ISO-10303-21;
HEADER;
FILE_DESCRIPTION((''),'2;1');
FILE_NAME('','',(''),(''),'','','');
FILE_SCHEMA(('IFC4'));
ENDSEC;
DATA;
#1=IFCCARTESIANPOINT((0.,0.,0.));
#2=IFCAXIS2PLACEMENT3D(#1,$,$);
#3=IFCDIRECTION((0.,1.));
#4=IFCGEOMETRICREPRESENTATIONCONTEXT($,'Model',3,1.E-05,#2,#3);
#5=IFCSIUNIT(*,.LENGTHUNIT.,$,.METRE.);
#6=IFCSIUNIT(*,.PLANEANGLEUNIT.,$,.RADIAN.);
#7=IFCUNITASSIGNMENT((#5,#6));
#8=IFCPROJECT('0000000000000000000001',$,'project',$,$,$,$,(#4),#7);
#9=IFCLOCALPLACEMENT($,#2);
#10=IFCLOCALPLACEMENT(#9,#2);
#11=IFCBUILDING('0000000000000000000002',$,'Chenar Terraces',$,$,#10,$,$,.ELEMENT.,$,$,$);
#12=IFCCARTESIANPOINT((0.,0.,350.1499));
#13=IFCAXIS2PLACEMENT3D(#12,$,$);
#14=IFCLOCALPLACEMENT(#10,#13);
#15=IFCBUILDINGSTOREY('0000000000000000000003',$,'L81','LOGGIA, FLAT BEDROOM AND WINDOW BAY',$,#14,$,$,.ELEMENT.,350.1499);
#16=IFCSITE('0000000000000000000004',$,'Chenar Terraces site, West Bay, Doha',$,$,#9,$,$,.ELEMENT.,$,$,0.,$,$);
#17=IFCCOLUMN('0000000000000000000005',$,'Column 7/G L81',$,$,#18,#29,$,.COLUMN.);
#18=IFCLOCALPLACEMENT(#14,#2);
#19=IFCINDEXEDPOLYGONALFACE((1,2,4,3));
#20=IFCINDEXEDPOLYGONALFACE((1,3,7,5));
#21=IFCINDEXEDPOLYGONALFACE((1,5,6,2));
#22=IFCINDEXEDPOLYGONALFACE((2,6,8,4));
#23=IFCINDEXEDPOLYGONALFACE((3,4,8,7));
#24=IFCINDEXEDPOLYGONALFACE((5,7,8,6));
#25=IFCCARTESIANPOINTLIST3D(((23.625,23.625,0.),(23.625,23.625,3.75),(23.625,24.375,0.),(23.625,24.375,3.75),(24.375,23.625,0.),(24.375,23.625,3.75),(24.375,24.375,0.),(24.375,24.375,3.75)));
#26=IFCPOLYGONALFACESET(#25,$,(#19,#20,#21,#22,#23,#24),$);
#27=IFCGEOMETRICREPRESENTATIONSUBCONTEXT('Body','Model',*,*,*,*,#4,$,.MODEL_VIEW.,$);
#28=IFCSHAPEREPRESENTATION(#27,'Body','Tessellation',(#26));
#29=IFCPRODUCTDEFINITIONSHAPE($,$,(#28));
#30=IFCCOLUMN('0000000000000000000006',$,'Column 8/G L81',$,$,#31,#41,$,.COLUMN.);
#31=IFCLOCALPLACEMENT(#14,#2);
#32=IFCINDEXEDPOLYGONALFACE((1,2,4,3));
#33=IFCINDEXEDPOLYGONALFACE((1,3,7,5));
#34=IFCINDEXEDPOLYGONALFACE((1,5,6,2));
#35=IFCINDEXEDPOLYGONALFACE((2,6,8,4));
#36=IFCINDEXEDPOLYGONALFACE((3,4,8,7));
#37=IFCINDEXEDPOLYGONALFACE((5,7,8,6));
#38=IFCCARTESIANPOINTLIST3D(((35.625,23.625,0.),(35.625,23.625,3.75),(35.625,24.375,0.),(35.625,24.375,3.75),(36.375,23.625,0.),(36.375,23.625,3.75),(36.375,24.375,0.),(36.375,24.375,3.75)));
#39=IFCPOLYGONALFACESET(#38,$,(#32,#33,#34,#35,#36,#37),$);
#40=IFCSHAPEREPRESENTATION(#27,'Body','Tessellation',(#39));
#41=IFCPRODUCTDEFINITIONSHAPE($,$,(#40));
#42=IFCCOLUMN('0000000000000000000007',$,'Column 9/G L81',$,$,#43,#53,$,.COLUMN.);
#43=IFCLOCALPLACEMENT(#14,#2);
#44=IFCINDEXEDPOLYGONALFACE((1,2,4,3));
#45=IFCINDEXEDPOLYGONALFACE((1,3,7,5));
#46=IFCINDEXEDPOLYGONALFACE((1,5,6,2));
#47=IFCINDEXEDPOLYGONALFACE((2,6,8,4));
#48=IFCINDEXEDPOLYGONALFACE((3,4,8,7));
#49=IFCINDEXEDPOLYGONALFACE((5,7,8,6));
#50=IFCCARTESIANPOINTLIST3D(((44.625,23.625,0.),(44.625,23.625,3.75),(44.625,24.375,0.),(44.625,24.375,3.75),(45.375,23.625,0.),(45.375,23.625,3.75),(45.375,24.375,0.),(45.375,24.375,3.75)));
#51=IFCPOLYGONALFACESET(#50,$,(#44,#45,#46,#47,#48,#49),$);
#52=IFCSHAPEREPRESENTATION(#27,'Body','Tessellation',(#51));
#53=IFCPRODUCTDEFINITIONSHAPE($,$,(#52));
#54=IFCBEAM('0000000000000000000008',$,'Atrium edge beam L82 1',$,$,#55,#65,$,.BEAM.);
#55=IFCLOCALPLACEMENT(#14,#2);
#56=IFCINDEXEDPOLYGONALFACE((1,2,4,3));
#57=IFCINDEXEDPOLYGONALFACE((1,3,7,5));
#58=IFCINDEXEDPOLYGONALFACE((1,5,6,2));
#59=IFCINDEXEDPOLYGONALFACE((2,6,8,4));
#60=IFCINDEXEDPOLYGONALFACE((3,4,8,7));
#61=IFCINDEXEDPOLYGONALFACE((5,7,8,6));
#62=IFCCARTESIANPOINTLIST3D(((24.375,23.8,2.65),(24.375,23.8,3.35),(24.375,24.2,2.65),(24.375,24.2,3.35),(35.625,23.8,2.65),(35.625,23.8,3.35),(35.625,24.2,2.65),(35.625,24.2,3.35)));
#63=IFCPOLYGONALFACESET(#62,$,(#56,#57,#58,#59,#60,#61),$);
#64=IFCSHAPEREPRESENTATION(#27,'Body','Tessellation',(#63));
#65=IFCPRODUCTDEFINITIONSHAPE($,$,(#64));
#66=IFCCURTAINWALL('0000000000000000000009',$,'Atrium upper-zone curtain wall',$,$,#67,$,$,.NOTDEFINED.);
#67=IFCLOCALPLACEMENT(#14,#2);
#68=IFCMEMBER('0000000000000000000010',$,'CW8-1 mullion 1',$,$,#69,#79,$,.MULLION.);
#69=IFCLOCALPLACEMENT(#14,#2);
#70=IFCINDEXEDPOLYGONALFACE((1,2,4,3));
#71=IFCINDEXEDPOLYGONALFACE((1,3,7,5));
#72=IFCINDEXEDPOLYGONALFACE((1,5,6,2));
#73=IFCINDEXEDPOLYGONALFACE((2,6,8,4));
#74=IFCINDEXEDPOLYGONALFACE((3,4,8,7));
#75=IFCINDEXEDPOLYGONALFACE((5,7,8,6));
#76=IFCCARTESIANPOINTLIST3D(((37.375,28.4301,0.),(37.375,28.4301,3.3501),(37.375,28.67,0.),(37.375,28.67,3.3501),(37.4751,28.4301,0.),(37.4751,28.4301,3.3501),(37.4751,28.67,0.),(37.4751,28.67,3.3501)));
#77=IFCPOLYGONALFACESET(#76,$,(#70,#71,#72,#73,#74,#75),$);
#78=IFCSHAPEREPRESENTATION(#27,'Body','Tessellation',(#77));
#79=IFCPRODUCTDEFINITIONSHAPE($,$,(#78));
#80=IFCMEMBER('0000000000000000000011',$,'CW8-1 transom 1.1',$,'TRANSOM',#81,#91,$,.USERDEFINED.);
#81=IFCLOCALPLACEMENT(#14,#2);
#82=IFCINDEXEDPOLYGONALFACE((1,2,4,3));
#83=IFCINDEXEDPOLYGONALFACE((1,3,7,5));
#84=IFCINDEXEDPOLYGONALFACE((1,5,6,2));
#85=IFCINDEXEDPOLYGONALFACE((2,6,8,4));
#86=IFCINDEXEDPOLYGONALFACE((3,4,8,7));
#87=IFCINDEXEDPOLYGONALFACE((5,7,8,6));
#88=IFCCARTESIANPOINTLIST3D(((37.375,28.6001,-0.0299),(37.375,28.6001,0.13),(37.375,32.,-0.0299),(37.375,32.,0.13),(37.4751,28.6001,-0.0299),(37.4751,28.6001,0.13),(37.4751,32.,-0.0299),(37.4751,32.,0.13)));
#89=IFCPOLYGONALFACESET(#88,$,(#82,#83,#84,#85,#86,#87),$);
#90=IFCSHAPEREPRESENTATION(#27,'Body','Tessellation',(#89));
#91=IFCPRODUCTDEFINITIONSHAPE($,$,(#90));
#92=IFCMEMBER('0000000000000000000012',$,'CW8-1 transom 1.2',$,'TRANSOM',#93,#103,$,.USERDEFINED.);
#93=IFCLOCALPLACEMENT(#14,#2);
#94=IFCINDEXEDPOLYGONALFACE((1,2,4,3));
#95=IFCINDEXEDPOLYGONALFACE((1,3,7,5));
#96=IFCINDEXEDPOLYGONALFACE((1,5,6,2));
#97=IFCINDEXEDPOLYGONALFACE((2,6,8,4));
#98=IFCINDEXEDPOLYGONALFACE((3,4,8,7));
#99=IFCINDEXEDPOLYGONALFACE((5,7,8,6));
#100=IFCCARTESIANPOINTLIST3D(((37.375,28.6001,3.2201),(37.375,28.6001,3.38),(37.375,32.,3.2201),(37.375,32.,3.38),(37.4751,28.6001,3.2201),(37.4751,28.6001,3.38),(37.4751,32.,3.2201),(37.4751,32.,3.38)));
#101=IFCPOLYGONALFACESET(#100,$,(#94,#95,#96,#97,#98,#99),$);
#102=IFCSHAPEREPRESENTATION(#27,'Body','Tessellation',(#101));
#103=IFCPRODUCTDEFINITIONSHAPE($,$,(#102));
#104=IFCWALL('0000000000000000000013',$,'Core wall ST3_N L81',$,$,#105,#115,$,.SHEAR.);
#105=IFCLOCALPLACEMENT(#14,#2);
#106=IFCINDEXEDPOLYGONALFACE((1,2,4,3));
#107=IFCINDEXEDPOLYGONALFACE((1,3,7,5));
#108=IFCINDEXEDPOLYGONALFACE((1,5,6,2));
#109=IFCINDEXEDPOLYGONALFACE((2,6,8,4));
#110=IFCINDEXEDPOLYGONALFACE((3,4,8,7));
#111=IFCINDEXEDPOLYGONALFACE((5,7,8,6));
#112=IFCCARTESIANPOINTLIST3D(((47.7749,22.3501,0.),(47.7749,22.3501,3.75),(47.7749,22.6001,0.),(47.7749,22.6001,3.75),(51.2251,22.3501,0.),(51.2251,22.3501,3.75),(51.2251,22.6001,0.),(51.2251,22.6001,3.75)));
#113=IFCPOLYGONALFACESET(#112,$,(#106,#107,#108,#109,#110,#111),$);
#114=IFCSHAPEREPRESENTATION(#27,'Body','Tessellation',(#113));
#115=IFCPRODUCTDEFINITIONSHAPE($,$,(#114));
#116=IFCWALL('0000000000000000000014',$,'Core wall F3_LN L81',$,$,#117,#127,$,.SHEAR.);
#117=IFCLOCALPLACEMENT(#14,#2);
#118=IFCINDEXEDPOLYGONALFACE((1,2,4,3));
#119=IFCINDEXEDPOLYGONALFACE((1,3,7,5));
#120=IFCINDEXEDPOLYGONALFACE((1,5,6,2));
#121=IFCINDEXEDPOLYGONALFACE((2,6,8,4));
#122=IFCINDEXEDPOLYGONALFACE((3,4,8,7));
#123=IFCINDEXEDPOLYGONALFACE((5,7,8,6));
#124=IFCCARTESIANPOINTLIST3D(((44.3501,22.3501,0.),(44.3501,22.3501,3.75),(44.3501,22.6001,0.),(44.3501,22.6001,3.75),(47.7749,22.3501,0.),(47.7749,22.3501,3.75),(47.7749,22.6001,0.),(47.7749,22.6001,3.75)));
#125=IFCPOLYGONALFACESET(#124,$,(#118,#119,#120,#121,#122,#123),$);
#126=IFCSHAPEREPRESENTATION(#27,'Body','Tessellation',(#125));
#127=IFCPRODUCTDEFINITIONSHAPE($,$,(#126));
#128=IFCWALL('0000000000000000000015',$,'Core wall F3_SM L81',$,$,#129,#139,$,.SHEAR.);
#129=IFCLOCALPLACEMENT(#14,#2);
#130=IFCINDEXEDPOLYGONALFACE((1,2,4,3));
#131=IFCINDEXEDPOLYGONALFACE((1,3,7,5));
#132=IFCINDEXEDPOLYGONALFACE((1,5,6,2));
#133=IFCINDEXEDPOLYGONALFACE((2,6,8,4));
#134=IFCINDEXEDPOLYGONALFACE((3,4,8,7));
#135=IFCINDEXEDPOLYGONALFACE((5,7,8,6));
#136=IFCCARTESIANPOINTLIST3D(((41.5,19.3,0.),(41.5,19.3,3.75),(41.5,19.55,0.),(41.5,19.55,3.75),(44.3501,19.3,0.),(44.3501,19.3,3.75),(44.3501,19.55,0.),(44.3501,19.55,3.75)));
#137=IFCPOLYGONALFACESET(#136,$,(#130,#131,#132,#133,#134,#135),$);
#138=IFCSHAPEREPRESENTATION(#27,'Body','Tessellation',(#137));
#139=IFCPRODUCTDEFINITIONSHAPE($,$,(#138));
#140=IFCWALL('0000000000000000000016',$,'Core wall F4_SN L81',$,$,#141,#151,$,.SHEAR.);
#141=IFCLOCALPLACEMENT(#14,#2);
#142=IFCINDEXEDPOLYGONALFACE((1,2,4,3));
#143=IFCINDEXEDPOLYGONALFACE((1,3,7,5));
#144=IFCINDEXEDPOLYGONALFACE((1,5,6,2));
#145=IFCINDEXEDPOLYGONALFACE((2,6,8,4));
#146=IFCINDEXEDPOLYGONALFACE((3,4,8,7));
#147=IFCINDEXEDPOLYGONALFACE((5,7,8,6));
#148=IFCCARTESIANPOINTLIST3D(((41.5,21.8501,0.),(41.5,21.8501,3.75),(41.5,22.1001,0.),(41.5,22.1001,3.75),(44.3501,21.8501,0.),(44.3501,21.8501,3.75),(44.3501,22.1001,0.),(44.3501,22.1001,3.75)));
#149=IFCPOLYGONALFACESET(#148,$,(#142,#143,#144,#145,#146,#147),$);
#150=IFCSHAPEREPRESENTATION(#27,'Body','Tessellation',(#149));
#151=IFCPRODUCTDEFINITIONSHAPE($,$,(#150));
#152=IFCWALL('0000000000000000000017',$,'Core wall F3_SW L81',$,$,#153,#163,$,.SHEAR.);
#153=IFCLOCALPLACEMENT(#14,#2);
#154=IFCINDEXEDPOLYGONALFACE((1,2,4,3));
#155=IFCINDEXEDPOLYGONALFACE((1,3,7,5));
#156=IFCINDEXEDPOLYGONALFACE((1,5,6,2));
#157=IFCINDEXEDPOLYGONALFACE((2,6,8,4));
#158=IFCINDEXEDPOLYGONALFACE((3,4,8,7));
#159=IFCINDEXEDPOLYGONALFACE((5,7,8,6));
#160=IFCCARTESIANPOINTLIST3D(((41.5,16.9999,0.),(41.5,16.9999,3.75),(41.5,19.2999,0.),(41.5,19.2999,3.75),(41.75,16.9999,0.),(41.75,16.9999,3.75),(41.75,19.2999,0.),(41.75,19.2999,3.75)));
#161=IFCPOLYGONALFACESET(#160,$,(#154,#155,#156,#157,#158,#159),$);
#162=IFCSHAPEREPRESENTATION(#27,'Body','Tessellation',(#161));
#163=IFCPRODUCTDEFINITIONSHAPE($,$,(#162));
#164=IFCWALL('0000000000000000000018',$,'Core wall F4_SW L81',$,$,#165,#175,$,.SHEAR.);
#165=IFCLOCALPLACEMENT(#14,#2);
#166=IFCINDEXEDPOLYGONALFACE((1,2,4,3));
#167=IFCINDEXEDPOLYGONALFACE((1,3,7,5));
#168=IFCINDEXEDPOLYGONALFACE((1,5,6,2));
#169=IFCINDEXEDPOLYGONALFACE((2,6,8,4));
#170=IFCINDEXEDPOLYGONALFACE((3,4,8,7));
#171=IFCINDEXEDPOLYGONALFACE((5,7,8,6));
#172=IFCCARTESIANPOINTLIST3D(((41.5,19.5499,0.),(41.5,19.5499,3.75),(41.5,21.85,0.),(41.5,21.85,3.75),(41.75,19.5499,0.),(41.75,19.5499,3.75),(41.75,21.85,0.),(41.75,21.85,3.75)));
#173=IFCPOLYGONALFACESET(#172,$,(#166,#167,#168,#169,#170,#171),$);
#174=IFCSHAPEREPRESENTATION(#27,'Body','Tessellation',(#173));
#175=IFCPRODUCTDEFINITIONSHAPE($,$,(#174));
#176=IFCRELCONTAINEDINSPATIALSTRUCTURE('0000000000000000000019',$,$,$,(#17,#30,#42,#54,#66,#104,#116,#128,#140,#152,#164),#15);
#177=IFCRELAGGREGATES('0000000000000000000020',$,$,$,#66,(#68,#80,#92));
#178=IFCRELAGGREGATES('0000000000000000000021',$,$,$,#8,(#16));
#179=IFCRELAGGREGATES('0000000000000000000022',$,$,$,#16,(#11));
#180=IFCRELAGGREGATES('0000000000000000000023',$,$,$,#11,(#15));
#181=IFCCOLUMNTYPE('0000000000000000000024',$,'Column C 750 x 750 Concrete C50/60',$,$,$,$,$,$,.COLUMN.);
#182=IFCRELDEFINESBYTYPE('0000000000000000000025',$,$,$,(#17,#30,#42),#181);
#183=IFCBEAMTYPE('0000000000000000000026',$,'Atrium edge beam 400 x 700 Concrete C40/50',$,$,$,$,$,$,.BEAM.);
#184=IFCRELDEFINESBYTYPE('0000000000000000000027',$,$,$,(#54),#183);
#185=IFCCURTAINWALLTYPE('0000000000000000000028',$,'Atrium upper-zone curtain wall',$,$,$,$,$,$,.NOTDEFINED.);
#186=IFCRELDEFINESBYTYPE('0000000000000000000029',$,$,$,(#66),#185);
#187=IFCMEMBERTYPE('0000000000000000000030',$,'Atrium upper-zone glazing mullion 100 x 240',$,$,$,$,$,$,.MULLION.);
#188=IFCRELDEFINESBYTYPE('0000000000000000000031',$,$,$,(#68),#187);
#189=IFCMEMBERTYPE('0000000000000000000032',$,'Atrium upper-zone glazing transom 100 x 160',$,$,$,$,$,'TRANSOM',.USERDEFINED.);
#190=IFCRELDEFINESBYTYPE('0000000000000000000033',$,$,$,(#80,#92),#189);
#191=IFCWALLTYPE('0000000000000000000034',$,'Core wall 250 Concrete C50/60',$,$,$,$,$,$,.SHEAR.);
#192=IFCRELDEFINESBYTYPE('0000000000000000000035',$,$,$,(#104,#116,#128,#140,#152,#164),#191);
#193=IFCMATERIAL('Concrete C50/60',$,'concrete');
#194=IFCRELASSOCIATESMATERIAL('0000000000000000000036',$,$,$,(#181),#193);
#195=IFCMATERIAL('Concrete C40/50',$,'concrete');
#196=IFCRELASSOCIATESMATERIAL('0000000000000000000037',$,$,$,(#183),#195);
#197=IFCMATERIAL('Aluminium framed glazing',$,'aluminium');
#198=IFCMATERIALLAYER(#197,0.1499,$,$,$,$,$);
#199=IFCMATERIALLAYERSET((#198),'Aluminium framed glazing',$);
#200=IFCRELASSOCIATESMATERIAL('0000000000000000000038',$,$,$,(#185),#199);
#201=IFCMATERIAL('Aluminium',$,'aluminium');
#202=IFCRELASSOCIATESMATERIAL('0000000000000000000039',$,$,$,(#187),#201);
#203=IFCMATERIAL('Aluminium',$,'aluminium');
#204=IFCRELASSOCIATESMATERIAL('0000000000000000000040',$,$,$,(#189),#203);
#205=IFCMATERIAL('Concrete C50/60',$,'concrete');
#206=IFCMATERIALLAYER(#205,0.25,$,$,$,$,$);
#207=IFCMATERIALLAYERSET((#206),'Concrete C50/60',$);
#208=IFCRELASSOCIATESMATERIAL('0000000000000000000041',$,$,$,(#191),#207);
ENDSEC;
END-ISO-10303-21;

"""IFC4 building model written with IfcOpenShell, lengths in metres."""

from ifc_helpers import new_model, si_unit, direction, frame, frame_2d, origin, origin_2d, place, context, subcontext, project, spatial, rectangle, extrude, material, layer, layer_set, material_profile, profile_set, type_object, element, aggregate, save


model = new_model("IFC4")

# Units and contexts
model_context = context("Model", 3, precision=1e-05, world=origin(), true_north=direction((0.0, 1.0)))
body_context = subcontext(model_context, "Body", "Model", "MODEL_VIEW")
ifc_project = project(units=[si_unit("LENGTHUNIT", "METRE"), si_unit("PLANEANGLEUNIT", "RADIAN")], contexts=[model_context])

# Site, building, storey
site_placement = place(None, origin())
site = spatial("IfcSite", under=ifc_project, at=site_placement, Name="Chenar Terraces site, West Bay, Doha", CompositionType="ELEMENT", RefElevation=0.0)
building_placement = place(site_placement, origin())
building = spatial("IfcBuilding", under=site, at=building_placement, Name="Chenar Terraces", CompositionType="ELEMENT")
storey_placement = place(building_placement, frame((0.0, 0.0, 350.1499)))
storey = spatial("IfcBuildingStorey", under=building, at=storey_placement, Name="L81", Description="LOGGIA, FLAT BEDROOM AND WINDOW BAY", CompositionType="ELEMENT", Elevation=350.1499)

# Columns
ifc_material_1 = material(Name="Concrete C50/60", Category="concrete")
ifc_material_profile_1 = material_profile(ifc_material_1, rectangle(XDim=0.75, YDim=0.75, at=origin_2d()), Name="C 750 x 750")
ifc_profile_set_1 = profile_set([ifc_material_profile_1], Name="Concrete C50/60")
column_type = type_object("IfcColumnType", Name="Column C 750 x 750 Concrete C50/60", PredefinedType="COLUMN", material=ifc_profile_set_1)
for number, where, z_axis, x_axis, name in (
    (1, (24.0, 24.0, 0.0), (0.0, 0.0, 1.0), (1.0, 0.0, 0.0), "Column 7/G L81"),
    (2, (36.0, 24.0, 0.0), (0.0, 0.0, 1.0), (1.0, 0.0, 0.0), "Column 8/G L81"),
    (3, (45.0, 24.0, 0.0), (0.0, 0.0, 1.0), (1.0, 0.0, 0.0), "Column 9/G L81"),
):
    element("IfcColumn", number, at=place(storey_placement, frame(where, z_axis=z_axis, x_axis=x_axis)), inside=storey, type_object=column_type, Name=name, PredefinedType="COLUMN", context=body_context, shape_type="SweptSolid", body=[
        extrude(rectangle(XDim=0.75, YDim=0.75, at=origin_2d()), origin(), (0.0, 0.0, 1.0), 3.75),
    ])

# Beam
ifc_material_2 = material(Name="Concrete C40/50", Category="concrete")
ifc_material_profile_2 = material_profile(ifc_material_2, rectangle(XDim=0.3999, YDim=0.7, at=origin_2d()), Name="RC 400 x 700")
ifc_profile_set_2 = profile_set([ifc_material_profile_2], Name="Concrete C40/50")
beam_type = type_object("IfcBeamType", Name="Atrium edge beam 400 x 700 Concrete C40/50", PredefinedType="BEAM", material=ifc_profile_set_2)
beam_placement = place(storey_placement, frame((24.375, 24.0, 3.0), z_axis=(1.0, 0.0, 0.0), x_axis=(0.0, 1.0, 0.0)))
element("IfcBeam", 4, at=beam_placement, inside=storey, type_object=beam_type, Name="Atrium edge beam L82 1", PredefinedType="BEAM", context=body_context, shape_type="SweptSolid", body=[
    extrude(rectangle(XDim=0.3999, YDim=0.7, at=origin_2d()), origin(), (0.0, 0.0, 1.0), 11.25),
])

# Curtain wall, members
ifc_material_3 = material(Name="Aluminium framed glazing", Category="aluminium")
ifc_layer_1 = layer(ifc_material_3, 0.1499)
ifc_layer_set_1 = layer_set([ifc_layer_1], Name="Aluminium framed glazing")
curtain_wall_type = type_object("IfcCurtainWallType", Name="Atrium upper-zone curtain wall", PredefinedType="NOTDEFINED", material=ifc_layer_set_1)
placement = place(storey_placement, origin())
curtain_wall = element("IfcCurtainWall", 5, at=placement, inside=storey, type_object=curtain_wall_type, Name="Atrium upper-zone curtain wall", PredefinedType="NOTDEFINED")
ifc_material_4 = material(Name="Aluminium", Category="aluminium")
ifc_material_profile_3 = material_profile(ifc_material_4, rectangle(XDim=0.1001, YDim=0.24, at=origin_2d()), Name="Atrium upper-zone glazing mullion 100 x 240")
ifc_profile_set_3 = profile_set([ifc_material_profile_3], Name="Aluminium")
member_type_1 = type_object("IfcMemberType", Name="Atrium upper-zone glazing mullion 100 x 240", PredefinedType="MULLION", material=ifc_profile_set_3)
member_1_placement = place(storey_placement, frame((37.425, 28.55, 0.0), z_axis=(0.0, 0.0, 1.0), x_axis=(-1.0, 0.0, 0.0)))
member_1 = element("IfcMember", 6, at=member_1_placement, type_object=member_type_1, Name="CW8-1 mullion 1", PredefinedType="MULLION", context=body_context, shape_type="SweptSolid", body=[
    extrude(rectangle(XDim=0.1001, YDim=0.24, at=origin_2d()), origin(), (0.0, 0.0, 1.0), 3.3501),
])
ifc_material_5 = material(Name="Aluminium", Category="aluminium")
ifc_material_profile_4 = material_profile(ifc_material_5, rectangle(XDim=0.1001, YDim=0.1599, at=origin_2d()), Name="Atrium upper-zone glazing transom 100 x 160")
ifc_profile_set_4 = profile_set([ifc_material_profile_4], Name="Aluminium")
member_type_2 = type_object("IfcMemberType", Name="Atrium upper-zone glazing transom 100 x 160", ElementType="TRANSOM", PredefinedType="USERDEFINED", material=ifc_profile_set_4)
member_2_placement = place(storey_placement, frame((37.425, 28.6001, 0.05), z_axis=(0.0, 1.0, 0.0), x_axis=(-1.0, 0.0, 0.0)))
member_2 = element("IfcMember", 7, at=member_2_placement, type_object=member_type_2, Name="CW8-1 transom 1.1", ObjectType="TRANSOM", PredefinedType="USERDEFINED", context=body_context, shape_type="SweptSolid", body=[
    extrude(rectangle(XDim=0.1001, YDim=0.1599, at=origin_2d()), origin(), (0.0, 0.0, 1.0), 3.3999),
])
member_3_placement = place(storey_placement, frame((37.425, 28.6001, 3.3), z_axis=(0.0, 1.0, 0.0), x_axis=(-1.0, 0.0, 0.0)))
member_3 = element("IfcMember", 8, at=member_3_placement, type_object=member_type_2, Name="CW8-1 transom 1.2", ObjectType="TRANSOM", PredefinedType="USERDEFINED", context=body_context, shape_type="SweptSolid", body=[
    extrude(rectangle(XDim=0.1001, YDim=0.1599, at=origin_2d()), origin(), (0.0, 0.0, 1.0), 3.3999),
])
aggregate(curtain_wall, [member_1, member_2, member_3])

# Walls
ifc_material_6 = material(Name="Concrete C50/60", Category="concrete")
ifc_layer_2 = layer(ifc_material_6, 0.25)
ifc_layer_set_2 = layer_set([ifc_layer_2], Name="Concrete C50/60")
wall_type_1 = type_object("IfcWallType", Name="Core wall 250 Concrete C50/60", PredefinedType="SHEAR", material=ifc_layer_set_2)
wall_1_placement = place(storey_placement, frame((47.7749, 22.4751, 0.0), z_axis=(0.0, 0.0, 1.0), x_axis=(1.0, 0.0, 0.0)))
element("IfcWall", 9, at=wall_1_placement, inside=storey, type_object=wall_type_1, Name="Core wall ST3_N L81", PredefinedType="SHEAR", context=body_context, shape_type="SweptSolid", body=[
    extrude(rectangle(XDim=3.4502, YDim=0.25, at=frame_2d((1.7251, 0.0))), origin(), (0.0, 0.0, 1.0), 3.75),
])
wall_2_placement = place(storey_placement, frame((44.3501, 22.4751, 0.0), z_axis=(0.0, 0.0, 1.0), x_axis=(1.0, 0.0, 0.0)))
element("IfcWall", 10, at=wall_2_placement, inside=storey, type_object=wall_type_1, Name="Core wall F3_LN L81", PredefinedType="SHEAR", context=body_context, shape_type="SweptSolid", body=[
    extrude(rectangle(XDim=3.4248, YDim=0.25, at=frame_2d((1.7124, 0.0))), origin(), (0.0, 0.0, 1.0), 3.75),
])
for number, where, z_axis, x_axis, name in (
    (11, (41.5, 19.425, 0.0), (0.0, 0.0, 1.0), (1.0, 0.0, 0.0), "Core wall F3_SM L81"),
    (12, (41.5, 21.9751, 0.0), (0.0, 0.0, 1.0), (1.0, 0.0, 0.0), "Core wall F4_SN L81"),
):
    element("IfcWall", number, at=place(storey_placement, frame(where, z_axis=z_axis, x_axis=x_axis)), inside=storey, type_object=wall_type_1, Name=name, PredefinedType="SHEAR", context=body_context, shape_type="SweptSolid", body=[
        extrude(rectangle(XDim=2.8501, YDim=0.25, at=frame_2d((1.425, 0.0))), origin(), (0.0, 0.0, 1.0), 3.75),
    ])
for number, where, z_axis, x_axis, name in (
    (13, (41.625, 17.0, 0.0), (0.0, 0.0, 1.0), (0.0, 1.0, 0.0), "Core wall F3_SW L81"),
    (14, (41.625, 19.55, 0.0), (0.0, 0.0, 1.0), (0.0, 1.0, 0.0), "Core wall F4_SW L81"),
):
    element("IfcWall", number, at=place(storey_placement, frame(where, z_axis=z_axis, x_axis=x_axis)), inside=storey, type_object=wall_type_1, Name=name, PredefinedType="SHEAR", context=body_context, shape_type="SweptSolid", body=[
        extrude(rectangle(XDim=2.3, YDim=0.25, at=frame_2d((1.1499, 0.0))), origin(), (0.0, 0.0, 1.0), 3.75),
    ])

save(model, "model.ifc")
